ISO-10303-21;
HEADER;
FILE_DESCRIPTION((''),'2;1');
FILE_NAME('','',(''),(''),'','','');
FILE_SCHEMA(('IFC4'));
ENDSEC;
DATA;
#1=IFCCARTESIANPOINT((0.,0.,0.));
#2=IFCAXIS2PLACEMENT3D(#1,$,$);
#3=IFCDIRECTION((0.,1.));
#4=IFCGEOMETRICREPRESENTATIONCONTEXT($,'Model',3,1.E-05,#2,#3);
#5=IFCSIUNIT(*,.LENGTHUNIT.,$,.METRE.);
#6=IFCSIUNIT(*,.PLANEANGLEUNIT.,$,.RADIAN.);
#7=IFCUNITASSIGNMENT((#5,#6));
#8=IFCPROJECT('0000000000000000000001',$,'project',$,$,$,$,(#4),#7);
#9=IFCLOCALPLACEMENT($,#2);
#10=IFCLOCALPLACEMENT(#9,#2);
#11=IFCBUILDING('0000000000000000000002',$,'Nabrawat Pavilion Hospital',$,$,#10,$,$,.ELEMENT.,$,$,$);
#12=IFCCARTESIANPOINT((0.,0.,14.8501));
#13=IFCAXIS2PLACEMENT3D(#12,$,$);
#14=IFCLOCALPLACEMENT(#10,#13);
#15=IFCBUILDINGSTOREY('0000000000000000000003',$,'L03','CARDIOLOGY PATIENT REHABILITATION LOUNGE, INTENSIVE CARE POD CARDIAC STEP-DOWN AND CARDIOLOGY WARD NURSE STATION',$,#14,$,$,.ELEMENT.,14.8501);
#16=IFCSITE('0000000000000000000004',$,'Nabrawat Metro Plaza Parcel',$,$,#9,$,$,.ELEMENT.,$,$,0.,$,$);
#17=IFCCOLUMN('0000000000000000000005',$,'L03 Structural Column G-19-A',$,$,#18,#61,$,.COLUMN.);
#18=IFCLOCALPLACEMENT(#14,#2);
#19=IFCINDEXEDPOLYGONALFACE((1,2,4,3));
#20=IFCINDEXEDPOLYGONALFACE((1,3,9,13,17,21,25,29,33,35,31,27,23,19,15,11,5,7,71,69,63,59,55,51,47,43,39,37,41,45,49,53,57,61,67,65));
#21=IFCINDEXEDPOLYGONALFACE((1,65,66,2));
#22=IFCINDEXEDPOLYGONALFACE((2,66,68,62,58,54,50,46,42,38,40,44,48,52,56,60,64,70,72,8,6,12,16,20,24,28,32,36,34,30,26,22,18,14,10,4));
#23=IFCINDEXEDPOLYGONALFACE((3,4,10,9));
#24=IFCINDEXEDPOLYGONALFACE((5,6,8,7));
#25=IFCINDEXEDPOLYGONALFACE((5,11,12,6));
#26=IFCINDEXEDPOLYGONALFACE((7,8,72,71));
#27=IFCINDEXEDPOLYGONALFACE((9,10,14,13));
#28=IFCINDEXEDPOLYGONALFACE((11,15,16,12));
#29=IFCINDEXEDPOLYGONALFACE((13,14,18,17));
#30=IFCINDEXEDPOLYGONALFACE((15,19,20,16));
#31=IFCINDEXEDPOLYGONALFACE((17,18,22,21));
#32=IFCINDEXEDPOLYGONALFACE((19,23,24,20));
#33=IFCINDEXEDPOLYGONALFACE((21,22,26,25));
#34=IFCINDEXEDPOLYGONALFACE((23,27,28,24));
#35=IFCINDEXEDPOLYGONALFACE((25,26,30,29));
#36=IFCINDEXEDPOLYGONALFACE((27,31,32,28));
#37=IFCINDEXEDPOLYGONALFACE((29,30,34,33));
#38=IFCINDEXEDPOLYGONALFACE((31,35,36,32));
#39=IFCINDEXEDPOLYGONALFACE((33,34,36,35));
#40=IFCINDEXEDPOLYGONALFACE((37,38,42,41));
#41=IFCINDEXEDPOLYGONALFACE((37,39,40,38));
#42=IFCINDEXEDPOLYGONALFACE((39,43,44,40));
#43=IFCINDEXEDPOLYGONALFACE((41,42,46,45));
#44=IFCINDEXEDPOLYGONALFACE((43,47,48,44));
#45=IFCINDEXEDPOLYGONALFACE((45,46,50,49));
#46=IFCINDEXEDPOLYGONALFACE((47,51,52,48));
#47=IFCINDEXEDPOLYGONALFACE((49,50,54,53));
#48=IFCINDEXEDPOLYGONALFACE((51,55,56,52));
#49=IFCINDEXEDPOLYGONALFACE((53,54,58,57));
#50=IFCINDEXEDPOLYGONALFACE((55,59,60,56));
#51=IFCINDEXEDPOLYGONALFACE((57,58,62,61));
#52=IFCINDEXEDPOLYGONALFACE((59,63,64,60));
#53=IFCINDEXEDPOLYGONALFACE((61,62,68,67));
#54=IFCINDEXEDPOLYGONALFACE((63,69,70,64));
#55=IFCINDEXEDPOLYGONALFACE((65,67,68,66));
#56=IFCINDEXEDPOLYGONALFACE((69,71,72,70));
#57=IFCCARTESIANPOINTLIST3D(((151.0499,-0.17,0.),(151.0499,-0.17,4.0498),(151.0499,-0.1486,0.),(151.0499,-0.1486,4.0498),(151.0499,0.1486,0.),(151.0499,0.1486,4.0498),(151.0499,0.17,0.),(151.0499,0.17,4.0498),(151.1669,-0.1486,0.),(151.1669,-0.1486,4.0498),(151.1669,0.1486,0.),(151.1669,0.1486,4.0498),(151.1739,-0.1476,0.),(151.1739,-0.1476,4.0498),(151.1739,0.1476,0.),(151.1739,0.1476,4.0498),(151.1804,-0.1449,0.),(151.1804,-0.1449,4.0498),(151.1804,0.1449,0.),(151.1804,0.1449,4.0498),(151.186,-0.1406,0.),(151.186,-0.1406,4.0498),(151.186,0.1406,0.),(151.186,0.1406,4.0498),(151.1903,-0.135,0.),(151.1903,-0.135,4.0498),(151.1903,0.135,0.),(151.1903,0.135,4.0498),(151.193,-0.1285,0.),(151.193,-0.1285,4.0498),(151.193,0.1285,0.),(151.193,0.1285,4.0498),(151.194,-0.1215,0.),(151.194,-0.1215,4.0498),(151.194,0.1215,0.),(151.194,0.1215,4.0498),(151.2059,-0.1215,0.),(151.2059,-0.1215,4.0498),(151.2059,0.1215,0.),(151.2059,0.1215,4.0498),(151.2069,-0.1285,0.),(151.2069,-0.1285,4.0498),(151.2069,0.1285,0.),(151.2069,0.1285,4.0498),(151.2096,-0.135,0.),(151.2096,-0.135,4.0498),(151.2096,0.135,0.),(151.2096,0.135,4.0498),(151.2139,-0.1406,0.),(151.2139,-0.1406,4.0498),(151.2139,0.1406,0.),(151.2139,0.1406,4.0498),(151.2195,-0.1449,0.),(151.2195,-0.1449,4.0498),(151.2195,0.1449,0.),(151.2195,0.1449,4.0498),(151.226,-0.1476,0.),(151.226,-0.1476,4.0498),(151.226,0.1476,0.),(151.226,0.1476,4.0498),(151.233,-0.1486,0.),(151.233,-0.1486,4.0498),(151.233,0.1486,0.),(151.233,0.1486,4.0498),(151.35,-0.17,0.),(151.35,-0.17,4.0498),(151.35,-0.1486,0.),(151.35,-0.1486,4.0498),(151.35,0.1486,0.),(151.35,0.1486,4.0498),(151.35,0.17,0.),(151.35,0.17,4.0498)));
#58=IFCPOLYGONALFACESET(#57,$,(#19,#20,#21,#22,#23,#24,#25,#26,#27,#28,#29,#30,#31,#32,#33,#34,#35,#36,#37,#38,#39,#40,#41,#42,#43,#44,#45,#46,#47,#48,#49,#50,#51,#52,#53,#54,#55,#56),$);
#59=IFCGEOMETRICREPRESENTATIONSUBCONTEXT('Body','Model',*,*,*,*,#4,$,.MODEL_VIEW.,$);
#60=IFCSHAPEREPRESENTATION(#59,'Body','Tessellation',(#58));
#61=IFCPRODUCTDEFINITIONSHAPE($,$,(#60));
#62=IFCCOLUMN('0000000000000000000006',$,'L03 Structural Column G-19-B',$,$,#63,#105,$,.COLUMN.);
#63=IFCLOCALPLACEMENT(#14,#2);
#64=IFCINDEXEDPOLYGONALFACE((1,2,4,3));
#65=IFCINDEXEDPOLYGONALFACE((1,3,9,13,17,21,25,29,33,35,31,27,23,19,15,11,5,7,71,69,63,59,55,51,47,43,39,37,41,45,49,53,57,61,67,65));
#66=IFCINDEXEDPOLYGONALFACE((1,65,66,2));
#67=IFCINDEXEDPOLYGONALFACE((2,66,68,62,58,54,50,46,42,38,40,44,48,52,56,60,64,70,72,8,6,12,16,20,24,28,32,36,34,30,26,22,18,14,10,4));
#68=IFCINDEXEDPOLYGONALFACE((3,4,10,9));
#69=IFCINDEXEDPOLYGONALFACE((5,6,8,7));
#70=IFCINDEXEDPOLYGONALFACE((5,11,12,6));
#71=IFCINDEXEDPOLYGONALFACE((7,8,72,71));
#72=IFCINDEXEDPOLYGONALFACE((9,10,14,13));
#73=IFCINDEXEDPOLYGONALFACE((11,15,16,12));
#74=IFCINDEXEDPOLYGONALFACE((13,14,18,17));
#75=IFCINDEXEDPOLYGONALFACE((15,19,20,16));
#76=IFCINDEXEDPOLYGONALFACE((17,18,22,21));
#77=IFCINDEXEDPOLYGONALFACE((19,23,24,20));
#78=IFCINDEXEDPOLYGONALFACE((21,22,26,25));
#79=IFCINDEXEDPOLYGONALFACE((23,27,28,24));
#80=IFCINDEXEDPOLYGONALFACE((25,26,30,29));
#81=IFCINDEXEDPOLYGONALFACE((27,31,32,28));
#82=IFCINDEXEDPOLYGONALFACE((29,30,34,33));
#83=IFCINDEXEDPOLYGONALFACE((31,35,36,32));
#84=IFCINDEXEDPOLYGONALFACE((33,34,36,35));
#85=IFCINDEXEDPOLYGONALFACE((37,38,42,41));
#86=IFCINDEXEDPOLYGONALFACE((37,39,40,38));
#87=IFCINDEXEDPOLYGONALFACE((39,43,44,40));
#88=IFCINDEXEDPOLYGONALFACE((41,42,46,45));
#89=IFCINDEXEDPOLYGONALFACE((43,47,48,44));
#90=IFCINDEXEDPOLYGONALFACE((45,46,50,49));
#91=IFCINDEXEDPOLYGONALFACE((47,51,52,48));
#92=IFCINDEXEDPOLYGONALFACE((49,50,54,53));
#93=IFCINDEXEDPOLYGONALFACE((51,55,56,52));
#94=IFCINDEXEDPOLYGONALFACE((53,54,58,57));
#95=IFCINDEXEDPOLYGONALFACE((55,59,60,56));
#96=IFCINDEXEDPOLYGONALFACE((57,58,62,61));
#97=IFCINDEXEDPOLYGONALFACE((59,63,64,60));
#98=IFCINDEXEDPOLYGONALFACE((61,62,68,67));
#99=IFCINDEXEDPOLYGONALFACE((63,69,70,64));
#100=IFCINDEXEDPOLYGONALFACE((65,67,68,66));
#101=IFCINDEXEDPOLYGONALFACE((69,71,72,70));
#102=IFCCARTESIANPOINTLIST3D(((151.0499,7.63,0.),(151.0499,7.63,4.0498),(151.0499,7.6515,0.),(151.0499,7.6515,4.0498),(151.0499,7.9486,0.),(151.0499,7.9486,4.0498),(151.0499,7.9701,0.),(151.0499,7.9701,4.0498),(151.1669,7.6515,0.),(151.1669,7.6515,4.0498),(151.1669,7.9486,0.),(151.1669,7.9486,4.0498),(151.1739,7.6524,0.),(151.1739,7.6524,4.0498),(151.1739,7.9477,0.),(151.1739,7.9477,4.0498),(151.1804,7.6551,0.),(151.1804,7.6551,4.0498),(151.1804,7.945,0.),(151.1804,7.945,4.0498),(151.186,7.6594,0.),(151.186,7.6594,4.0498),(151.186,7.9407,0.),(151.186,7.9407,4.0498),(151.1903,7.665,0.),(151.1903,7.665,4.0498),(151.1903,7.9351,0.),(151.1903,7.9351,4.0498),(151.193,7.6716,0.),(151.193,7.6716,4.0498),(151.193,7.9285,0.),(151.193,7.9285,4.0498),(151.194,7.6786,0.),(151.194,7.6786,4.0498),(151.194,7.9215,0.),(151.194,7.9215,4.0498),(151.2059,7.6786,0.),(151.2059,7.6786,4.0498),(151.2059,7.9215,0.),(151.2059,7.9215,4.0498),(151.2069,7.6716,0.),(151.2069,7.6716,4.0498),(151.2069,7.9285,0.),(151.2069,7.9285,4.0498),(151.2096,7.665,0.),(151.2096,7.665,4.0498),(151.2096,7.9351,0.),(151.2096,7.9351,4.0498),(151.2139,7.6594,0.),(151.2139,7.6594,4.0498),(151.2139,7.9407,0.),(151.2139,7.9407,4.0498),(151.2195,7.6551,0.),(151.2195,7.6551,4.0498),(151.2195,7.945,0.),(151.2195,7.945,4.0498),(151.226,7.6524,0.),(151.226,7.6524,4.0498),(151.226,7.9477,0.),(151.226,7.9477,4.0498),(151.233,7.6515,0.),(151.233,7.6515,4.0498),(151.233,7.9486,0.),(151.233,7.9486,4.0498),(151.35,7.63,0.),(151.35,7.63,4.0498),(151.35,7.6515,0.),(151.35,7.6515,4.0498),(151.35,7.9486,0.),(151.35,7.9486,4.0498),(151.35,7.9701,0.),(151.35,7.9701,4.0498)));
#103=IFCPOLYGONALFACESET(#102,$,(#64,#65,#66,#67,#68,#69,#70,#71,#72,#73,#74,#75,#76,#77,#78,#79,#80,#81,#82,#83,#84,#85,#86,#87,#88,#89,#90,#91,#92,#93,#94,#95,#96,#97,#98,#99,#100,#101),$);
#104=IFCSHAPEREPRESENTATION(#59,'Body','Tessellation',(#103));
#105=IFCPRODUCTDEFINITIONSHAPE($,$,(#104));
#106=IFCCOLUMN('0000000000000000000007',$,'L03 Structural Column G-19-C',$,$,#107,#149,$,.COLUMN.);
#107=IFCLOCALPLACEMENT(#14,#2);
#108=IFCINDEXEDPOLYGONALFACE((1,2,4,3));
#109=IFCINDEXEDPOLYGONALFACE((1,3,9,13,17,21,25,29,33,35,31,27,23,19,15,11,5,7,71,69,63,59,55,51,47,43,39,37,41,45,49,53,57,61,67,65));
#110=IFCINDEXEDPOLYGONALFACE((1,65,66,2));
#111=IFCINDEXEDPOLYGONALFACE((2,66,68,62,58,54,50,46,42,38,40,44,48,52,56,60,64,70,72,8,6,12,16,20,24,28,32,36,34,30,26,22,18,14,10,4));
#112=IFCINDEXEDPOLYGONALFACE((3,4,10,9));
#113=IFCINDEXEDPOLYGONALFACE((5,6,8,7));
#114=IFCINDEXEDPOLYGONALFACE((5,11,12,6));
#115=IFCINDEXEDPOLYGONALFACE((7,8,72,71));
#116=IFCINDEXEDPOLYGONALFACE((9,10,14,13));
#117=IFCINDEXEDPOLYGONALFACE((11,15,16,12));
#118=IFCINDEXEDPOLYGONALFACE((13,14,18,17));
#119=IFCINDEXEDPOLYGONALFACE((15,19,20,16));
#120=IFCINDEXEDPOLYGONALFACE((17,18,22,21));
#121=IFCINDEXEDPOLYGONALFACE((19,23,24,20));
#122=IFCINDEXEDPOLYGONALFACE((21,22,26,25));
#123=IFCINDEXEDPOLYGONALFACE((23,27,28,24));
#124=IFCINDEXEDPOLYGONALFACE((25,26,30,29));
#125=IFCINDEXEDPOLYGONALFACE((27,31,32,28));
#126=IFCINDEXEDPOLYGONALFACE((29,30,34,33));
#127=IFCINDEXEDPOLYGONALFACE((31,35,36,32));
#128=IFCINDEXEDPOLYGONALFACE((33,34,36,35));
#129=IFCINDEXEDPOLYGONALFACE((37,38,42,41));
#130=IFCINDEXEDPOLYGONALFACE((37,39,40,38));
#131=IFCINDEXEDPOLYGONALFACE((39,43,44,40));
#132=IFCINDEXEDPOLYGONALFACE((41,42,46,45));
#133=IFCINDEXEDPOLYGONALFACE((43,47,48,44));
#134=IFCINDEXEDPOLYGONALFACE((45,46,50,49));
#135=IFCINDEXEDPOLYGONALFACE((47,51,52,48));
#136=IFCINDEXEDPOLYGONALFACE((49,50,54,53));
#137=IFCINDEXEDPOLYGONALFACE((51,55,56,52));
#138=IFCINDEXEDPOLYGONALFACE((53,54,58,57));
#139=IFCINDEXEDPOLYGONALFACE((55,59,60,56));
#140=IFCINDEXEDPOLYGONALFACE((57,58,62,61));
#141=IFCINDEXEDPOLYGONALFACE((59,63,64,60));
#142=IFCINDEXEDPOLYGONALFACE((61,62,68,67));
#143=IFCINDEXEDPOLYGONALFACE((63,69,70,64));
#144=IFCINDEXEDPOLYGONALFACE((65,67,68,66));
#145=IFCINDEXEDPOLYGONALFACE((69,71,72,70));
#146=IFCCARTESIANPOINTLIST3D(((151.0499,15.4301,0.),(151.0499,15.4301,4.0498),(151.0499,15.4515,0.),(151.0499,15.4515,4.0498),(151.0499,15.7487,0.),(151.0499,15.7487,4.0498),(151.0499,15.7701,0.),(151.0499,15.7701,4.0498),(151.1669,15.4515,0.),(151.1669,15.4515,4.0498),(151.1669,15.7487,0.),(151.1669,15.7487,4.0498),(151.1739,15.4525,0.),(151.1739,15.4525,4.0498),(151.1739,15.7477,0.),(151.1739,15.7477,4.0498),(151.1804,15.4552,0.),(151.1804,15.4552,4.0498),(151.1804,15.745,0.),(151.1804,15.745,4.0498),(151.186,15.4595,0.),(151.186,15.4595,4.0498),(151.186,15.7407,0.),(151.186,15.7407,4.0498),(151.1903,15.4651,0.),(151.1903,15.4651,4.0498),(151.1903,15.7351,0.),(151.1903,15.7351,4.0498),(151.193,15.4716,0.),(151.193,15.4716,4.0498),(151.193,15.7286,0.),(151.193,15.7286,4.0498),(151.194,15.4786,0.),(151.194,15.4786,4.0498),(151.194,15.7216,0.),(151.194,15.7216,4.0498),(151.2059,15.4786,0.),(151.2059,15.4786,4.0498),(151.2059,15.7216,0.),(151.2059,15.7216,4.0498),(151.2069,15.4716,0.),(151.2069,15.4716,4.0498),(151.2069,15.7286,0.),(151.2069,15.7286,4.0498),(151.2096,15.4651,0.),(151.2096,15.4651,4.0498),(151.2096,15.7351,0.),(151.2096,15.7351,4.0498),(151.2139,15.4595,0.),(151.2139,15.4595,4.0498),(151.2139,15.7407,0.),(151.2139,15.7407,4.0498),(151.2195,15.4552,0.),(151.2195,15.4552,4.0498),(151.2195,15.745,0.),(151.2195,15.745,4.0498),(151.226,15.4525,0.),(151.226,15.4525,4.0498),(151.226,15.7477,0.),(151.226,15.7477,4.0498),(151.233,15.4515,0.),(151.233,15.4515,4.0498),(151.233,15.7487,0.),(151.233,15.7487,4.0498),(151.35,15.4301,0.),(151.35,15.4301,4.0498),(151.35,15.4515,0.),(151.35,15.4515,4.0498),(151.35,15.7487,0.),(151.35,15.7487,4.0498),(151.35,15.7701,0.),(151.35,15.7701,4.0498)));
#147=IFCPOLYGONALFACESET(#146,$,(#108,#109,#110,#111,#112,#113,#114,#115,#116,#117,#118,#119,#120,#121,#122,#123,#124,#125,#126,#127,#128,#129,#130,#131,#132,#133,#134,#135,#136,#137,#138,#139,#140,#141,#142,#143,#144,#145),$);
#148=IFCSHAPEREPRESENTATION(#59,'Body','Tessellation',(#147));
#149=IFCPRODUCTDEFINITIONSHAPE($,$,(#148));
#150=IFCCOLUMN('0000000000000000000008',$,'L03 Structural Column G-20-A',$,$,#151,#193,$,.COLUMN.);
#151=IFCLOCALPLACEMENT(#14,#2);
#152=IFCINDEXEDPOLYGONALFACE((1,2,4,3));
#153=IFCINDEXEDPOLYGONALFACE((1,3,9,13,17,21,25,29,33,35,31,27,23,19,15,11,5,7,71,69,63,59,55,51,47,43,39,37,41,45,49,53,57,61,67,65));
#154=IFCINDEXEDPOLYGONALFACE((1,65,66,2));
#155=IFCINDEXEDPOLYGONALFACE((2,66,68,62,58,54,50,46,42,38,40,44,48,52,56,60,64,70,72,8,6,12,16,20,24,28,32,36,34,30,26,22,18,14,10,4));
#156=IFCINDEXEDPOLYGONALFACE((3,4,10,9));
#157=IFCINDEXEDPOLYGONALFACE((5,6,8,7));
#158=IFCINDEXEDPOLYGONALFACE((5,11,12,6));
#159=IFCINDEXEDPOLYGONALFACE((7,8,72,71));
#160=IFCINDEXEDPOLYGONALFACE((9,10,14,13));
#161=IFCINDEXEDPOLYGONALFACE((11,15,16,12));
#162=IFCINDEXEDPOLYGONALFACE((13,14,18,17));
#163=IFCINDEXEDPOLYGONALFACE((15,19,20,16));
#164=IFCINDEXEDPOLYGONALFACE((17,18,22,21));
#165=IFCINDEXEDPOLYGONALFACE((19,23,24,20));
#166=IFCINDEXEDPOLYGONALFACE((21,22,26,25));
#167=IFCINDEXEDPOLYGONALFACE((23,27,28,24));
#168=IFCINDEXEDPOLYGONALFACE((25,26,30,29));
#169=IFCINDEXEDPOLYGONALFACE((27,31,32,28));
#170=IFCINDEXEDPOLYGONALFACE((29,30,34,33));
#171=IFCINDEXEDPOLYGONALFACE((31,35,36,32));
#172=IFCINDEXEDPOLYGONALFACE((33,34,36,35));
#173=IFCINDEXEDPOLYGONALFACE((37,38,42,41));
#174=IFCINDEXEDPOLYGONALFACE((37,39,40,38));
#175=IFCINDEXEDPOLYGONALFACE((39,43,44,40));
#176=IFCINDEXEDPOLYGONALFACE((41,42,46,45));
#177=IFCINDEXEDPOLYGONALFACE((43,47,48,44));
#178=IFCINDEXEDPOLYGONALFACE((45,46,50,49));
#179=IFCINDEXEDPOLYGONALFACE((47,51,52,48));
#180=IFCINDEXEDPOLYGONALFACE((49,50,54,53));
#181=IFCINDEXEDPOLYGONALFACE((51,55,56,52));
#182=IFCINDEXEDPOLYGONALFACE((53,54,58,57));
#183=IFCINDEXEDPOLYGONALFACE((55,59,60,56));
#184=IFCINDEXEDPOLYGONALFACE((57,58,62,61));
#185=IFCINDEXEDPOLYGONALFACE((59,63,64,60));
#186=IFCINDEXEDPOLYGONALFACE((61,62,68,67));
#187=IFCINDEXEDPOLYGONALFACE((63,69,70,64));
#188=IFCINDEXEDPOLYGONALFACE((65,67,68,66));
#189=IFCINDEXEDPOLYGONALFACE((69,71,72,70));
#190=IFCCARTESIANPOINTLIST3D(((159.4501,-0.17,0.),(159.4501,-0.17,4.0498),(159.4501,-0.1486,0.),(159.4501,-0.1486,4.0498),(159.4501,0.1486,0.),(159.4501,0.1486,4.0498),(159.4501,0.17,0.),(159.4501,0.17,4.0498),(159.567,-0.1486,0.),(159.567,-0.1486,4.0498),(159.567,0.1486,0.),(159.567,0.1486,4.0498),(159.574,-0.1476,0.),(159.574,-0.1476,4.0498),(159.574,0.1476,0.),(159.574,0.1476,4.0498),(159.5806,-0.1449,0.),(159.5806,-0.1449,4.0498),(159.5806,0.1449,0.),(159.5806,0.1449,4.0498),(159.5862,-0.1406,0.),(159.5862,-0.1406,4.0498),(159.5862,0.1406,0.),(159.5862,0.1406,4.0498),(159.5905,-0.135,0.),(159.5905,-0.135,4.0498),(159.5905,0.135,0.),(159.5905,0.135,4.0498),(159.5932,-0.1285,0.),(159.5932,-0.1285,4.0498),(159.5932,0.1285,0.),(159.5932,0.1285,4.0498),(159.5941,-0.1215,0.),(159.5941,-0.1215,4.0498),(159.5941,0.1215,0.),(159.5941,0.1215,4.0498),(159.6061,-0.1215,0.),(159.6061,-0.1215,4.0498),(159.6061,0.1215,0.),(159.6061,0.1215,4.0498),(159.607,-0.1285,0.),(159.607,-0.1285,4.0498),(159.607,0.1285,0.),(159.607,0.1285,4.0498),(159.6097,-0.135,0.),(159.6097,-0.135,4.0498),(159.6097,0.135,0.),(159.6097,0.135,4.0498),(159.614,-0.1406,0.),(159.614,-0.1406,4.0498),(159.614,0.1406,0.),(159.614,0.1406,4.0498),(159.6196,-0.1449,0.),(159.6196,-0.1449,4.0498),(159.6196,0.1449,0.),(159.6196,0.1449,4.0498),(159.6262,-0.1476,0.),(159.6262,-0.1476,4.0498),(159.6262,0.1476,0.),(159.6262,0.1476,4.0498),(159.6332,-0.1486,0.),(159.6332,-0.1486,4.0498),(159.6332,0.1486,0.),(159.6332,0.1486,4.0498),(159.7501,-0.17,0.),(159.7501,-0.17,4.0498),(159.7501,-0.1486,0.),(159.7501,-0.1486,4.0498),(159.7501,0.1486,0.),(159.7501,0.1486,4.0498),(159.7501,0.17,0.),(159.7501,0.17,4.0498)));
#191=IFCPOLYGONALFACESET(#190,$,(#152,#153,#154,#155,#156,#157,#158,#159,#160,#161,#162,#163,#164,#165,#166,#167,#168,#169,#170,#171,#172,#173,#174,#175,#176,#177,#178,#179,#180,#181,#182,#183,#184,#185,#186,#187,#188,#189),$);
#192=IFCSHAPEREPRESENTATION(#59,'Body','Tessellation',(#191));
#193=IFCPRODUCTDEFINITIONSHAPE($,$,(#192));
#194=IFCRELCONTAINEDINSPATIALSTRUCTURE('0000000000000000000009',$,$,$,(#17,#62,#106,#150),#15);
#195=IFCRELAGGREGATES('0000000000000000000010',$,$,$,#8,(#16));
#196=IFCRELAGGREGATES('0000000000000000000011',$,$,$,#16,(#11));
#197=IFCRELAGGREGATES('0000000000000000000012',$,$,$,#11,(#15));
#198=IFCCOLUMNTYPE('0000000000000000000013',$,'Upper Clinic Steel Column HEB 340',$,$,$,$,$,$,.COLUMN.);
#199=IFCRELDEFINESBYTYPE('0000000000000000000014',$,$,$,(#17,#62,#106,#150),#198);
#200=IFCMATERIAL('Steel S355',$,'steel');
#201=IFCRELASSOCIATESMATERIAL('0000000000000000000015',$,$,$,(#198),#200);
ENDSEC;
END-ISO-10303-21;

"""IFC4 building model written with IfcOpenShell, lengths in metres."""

from ifc_helpers import new_model, si_unit, direction, frame, origin, origin_2d, place, context, subcontext, project, spatial, i_section, extrude, material, material_profile, profile_set, type_object, element, save


model = new_model("IFC4")

# Units and contexts
model_context = context("Model", 3, precision=1e-05, world=origin(), true_north=direction((0.0, 1.0)))
body_context = subcontext(model_context, "Body", "Model", "MODEL_VIEW")
ifc_project = project(units=[si_unit("LENGTHUNIT", "METRE"), si_unit("PLANEANGLEUNIT", "RADIAN")], contexts=[model_context])

# Site, building, storey
site_placement = place(None, origin())
site = spatial("IfcSite", under=ifc_project, at=site_placement, Name="Nabrawat Metro Plaza Parcel", CompositionType="ELEMENT", RefElevation=0.0)
building_placement = place(site_placement, origin())
building = spatial("IfcBuilding", under=site, at=building_placement, Name="Nabrawat Pavilion Hospital", CompositionType="ELEMENT")
storey_placement = place(building_placement, frame((0.0, 0.0, 14.8501)))
storey = spatial("IfcBuildingStorey", under=building, at=storey_placement, Name="L03", Description="CARDIOLOGY PATIENT REHABILITATION LOUNGE, INTENSIVE CARE POD CARDIAC STEP-DOWN AND CARDIOLOGY WARD NURSE STATION", CompositionType="ELEMENT", Elevation=14.8501)

# Columns
ifc_material_1 = material(Name="Steel S355", Category="steel")
ifc_material_profile_1 = material_profile(ifc_material_1, i_section(OverallWidth=0.3, OverallDepth=0.3401, WebThickness=0.012, FlangeThickness=0.0215, FilletRadius=0.0271, at=origin_2d()), Name="HEB 340")
ifc_profile_set_1 = profile_set([ifc_material_profile_1], Name="Steel S355")
column_type = type_object("IfcColumnType", Name="Upper Clinic Steel Column HEB 340", PredefinedType="COLUMN", material=ifc_profile_set_1)
for number, where, z_axis, x_axis, name in (
    (1, (151.2, 0.0, 0.0), (0.0, 0.0, 1.0), (1.0, 0.0, 0.0), "L03 Structural Column G-19-A"),
    (2, (151.2, 7.8, 0.0), (0.0, 0.0, 1.0), (1.0, 0.0, 0.0), "L03 Structural Column G-19-B"),
    (3, (151.2, 15.6001, 0.0), (0.0, 0.0, 1.0), (1.0, 0.0, 0.0), "L03 Structural Column G-19-C"),
    (4, (159.6001, 0.0, 0.0), (0.0, 0.0, 1.0), (1.0, 0.0, 0.0), "L03 Structural Column G-20-A"),
):
    element("IfcColumn", number, at=place(storey_placement, frame(where, z_axis=z_axis, x_axis=x_axis)), inside=storey, type_object=column_type, Name=name, PredefinedType="COLUMN", context=body_context, shape_type="SweptSolid", body=[
        extrude(i_section(OverallWidth=0.3, OverallDepth=0.3401, WebThickness=0.012, FlangeThickness=0.0215, FilletRadius=0.0271, at=origin_2d()), origin(), (0.0, 0.0, 1.0), 4.0498),
    ])

save(model, "model.ifc")
